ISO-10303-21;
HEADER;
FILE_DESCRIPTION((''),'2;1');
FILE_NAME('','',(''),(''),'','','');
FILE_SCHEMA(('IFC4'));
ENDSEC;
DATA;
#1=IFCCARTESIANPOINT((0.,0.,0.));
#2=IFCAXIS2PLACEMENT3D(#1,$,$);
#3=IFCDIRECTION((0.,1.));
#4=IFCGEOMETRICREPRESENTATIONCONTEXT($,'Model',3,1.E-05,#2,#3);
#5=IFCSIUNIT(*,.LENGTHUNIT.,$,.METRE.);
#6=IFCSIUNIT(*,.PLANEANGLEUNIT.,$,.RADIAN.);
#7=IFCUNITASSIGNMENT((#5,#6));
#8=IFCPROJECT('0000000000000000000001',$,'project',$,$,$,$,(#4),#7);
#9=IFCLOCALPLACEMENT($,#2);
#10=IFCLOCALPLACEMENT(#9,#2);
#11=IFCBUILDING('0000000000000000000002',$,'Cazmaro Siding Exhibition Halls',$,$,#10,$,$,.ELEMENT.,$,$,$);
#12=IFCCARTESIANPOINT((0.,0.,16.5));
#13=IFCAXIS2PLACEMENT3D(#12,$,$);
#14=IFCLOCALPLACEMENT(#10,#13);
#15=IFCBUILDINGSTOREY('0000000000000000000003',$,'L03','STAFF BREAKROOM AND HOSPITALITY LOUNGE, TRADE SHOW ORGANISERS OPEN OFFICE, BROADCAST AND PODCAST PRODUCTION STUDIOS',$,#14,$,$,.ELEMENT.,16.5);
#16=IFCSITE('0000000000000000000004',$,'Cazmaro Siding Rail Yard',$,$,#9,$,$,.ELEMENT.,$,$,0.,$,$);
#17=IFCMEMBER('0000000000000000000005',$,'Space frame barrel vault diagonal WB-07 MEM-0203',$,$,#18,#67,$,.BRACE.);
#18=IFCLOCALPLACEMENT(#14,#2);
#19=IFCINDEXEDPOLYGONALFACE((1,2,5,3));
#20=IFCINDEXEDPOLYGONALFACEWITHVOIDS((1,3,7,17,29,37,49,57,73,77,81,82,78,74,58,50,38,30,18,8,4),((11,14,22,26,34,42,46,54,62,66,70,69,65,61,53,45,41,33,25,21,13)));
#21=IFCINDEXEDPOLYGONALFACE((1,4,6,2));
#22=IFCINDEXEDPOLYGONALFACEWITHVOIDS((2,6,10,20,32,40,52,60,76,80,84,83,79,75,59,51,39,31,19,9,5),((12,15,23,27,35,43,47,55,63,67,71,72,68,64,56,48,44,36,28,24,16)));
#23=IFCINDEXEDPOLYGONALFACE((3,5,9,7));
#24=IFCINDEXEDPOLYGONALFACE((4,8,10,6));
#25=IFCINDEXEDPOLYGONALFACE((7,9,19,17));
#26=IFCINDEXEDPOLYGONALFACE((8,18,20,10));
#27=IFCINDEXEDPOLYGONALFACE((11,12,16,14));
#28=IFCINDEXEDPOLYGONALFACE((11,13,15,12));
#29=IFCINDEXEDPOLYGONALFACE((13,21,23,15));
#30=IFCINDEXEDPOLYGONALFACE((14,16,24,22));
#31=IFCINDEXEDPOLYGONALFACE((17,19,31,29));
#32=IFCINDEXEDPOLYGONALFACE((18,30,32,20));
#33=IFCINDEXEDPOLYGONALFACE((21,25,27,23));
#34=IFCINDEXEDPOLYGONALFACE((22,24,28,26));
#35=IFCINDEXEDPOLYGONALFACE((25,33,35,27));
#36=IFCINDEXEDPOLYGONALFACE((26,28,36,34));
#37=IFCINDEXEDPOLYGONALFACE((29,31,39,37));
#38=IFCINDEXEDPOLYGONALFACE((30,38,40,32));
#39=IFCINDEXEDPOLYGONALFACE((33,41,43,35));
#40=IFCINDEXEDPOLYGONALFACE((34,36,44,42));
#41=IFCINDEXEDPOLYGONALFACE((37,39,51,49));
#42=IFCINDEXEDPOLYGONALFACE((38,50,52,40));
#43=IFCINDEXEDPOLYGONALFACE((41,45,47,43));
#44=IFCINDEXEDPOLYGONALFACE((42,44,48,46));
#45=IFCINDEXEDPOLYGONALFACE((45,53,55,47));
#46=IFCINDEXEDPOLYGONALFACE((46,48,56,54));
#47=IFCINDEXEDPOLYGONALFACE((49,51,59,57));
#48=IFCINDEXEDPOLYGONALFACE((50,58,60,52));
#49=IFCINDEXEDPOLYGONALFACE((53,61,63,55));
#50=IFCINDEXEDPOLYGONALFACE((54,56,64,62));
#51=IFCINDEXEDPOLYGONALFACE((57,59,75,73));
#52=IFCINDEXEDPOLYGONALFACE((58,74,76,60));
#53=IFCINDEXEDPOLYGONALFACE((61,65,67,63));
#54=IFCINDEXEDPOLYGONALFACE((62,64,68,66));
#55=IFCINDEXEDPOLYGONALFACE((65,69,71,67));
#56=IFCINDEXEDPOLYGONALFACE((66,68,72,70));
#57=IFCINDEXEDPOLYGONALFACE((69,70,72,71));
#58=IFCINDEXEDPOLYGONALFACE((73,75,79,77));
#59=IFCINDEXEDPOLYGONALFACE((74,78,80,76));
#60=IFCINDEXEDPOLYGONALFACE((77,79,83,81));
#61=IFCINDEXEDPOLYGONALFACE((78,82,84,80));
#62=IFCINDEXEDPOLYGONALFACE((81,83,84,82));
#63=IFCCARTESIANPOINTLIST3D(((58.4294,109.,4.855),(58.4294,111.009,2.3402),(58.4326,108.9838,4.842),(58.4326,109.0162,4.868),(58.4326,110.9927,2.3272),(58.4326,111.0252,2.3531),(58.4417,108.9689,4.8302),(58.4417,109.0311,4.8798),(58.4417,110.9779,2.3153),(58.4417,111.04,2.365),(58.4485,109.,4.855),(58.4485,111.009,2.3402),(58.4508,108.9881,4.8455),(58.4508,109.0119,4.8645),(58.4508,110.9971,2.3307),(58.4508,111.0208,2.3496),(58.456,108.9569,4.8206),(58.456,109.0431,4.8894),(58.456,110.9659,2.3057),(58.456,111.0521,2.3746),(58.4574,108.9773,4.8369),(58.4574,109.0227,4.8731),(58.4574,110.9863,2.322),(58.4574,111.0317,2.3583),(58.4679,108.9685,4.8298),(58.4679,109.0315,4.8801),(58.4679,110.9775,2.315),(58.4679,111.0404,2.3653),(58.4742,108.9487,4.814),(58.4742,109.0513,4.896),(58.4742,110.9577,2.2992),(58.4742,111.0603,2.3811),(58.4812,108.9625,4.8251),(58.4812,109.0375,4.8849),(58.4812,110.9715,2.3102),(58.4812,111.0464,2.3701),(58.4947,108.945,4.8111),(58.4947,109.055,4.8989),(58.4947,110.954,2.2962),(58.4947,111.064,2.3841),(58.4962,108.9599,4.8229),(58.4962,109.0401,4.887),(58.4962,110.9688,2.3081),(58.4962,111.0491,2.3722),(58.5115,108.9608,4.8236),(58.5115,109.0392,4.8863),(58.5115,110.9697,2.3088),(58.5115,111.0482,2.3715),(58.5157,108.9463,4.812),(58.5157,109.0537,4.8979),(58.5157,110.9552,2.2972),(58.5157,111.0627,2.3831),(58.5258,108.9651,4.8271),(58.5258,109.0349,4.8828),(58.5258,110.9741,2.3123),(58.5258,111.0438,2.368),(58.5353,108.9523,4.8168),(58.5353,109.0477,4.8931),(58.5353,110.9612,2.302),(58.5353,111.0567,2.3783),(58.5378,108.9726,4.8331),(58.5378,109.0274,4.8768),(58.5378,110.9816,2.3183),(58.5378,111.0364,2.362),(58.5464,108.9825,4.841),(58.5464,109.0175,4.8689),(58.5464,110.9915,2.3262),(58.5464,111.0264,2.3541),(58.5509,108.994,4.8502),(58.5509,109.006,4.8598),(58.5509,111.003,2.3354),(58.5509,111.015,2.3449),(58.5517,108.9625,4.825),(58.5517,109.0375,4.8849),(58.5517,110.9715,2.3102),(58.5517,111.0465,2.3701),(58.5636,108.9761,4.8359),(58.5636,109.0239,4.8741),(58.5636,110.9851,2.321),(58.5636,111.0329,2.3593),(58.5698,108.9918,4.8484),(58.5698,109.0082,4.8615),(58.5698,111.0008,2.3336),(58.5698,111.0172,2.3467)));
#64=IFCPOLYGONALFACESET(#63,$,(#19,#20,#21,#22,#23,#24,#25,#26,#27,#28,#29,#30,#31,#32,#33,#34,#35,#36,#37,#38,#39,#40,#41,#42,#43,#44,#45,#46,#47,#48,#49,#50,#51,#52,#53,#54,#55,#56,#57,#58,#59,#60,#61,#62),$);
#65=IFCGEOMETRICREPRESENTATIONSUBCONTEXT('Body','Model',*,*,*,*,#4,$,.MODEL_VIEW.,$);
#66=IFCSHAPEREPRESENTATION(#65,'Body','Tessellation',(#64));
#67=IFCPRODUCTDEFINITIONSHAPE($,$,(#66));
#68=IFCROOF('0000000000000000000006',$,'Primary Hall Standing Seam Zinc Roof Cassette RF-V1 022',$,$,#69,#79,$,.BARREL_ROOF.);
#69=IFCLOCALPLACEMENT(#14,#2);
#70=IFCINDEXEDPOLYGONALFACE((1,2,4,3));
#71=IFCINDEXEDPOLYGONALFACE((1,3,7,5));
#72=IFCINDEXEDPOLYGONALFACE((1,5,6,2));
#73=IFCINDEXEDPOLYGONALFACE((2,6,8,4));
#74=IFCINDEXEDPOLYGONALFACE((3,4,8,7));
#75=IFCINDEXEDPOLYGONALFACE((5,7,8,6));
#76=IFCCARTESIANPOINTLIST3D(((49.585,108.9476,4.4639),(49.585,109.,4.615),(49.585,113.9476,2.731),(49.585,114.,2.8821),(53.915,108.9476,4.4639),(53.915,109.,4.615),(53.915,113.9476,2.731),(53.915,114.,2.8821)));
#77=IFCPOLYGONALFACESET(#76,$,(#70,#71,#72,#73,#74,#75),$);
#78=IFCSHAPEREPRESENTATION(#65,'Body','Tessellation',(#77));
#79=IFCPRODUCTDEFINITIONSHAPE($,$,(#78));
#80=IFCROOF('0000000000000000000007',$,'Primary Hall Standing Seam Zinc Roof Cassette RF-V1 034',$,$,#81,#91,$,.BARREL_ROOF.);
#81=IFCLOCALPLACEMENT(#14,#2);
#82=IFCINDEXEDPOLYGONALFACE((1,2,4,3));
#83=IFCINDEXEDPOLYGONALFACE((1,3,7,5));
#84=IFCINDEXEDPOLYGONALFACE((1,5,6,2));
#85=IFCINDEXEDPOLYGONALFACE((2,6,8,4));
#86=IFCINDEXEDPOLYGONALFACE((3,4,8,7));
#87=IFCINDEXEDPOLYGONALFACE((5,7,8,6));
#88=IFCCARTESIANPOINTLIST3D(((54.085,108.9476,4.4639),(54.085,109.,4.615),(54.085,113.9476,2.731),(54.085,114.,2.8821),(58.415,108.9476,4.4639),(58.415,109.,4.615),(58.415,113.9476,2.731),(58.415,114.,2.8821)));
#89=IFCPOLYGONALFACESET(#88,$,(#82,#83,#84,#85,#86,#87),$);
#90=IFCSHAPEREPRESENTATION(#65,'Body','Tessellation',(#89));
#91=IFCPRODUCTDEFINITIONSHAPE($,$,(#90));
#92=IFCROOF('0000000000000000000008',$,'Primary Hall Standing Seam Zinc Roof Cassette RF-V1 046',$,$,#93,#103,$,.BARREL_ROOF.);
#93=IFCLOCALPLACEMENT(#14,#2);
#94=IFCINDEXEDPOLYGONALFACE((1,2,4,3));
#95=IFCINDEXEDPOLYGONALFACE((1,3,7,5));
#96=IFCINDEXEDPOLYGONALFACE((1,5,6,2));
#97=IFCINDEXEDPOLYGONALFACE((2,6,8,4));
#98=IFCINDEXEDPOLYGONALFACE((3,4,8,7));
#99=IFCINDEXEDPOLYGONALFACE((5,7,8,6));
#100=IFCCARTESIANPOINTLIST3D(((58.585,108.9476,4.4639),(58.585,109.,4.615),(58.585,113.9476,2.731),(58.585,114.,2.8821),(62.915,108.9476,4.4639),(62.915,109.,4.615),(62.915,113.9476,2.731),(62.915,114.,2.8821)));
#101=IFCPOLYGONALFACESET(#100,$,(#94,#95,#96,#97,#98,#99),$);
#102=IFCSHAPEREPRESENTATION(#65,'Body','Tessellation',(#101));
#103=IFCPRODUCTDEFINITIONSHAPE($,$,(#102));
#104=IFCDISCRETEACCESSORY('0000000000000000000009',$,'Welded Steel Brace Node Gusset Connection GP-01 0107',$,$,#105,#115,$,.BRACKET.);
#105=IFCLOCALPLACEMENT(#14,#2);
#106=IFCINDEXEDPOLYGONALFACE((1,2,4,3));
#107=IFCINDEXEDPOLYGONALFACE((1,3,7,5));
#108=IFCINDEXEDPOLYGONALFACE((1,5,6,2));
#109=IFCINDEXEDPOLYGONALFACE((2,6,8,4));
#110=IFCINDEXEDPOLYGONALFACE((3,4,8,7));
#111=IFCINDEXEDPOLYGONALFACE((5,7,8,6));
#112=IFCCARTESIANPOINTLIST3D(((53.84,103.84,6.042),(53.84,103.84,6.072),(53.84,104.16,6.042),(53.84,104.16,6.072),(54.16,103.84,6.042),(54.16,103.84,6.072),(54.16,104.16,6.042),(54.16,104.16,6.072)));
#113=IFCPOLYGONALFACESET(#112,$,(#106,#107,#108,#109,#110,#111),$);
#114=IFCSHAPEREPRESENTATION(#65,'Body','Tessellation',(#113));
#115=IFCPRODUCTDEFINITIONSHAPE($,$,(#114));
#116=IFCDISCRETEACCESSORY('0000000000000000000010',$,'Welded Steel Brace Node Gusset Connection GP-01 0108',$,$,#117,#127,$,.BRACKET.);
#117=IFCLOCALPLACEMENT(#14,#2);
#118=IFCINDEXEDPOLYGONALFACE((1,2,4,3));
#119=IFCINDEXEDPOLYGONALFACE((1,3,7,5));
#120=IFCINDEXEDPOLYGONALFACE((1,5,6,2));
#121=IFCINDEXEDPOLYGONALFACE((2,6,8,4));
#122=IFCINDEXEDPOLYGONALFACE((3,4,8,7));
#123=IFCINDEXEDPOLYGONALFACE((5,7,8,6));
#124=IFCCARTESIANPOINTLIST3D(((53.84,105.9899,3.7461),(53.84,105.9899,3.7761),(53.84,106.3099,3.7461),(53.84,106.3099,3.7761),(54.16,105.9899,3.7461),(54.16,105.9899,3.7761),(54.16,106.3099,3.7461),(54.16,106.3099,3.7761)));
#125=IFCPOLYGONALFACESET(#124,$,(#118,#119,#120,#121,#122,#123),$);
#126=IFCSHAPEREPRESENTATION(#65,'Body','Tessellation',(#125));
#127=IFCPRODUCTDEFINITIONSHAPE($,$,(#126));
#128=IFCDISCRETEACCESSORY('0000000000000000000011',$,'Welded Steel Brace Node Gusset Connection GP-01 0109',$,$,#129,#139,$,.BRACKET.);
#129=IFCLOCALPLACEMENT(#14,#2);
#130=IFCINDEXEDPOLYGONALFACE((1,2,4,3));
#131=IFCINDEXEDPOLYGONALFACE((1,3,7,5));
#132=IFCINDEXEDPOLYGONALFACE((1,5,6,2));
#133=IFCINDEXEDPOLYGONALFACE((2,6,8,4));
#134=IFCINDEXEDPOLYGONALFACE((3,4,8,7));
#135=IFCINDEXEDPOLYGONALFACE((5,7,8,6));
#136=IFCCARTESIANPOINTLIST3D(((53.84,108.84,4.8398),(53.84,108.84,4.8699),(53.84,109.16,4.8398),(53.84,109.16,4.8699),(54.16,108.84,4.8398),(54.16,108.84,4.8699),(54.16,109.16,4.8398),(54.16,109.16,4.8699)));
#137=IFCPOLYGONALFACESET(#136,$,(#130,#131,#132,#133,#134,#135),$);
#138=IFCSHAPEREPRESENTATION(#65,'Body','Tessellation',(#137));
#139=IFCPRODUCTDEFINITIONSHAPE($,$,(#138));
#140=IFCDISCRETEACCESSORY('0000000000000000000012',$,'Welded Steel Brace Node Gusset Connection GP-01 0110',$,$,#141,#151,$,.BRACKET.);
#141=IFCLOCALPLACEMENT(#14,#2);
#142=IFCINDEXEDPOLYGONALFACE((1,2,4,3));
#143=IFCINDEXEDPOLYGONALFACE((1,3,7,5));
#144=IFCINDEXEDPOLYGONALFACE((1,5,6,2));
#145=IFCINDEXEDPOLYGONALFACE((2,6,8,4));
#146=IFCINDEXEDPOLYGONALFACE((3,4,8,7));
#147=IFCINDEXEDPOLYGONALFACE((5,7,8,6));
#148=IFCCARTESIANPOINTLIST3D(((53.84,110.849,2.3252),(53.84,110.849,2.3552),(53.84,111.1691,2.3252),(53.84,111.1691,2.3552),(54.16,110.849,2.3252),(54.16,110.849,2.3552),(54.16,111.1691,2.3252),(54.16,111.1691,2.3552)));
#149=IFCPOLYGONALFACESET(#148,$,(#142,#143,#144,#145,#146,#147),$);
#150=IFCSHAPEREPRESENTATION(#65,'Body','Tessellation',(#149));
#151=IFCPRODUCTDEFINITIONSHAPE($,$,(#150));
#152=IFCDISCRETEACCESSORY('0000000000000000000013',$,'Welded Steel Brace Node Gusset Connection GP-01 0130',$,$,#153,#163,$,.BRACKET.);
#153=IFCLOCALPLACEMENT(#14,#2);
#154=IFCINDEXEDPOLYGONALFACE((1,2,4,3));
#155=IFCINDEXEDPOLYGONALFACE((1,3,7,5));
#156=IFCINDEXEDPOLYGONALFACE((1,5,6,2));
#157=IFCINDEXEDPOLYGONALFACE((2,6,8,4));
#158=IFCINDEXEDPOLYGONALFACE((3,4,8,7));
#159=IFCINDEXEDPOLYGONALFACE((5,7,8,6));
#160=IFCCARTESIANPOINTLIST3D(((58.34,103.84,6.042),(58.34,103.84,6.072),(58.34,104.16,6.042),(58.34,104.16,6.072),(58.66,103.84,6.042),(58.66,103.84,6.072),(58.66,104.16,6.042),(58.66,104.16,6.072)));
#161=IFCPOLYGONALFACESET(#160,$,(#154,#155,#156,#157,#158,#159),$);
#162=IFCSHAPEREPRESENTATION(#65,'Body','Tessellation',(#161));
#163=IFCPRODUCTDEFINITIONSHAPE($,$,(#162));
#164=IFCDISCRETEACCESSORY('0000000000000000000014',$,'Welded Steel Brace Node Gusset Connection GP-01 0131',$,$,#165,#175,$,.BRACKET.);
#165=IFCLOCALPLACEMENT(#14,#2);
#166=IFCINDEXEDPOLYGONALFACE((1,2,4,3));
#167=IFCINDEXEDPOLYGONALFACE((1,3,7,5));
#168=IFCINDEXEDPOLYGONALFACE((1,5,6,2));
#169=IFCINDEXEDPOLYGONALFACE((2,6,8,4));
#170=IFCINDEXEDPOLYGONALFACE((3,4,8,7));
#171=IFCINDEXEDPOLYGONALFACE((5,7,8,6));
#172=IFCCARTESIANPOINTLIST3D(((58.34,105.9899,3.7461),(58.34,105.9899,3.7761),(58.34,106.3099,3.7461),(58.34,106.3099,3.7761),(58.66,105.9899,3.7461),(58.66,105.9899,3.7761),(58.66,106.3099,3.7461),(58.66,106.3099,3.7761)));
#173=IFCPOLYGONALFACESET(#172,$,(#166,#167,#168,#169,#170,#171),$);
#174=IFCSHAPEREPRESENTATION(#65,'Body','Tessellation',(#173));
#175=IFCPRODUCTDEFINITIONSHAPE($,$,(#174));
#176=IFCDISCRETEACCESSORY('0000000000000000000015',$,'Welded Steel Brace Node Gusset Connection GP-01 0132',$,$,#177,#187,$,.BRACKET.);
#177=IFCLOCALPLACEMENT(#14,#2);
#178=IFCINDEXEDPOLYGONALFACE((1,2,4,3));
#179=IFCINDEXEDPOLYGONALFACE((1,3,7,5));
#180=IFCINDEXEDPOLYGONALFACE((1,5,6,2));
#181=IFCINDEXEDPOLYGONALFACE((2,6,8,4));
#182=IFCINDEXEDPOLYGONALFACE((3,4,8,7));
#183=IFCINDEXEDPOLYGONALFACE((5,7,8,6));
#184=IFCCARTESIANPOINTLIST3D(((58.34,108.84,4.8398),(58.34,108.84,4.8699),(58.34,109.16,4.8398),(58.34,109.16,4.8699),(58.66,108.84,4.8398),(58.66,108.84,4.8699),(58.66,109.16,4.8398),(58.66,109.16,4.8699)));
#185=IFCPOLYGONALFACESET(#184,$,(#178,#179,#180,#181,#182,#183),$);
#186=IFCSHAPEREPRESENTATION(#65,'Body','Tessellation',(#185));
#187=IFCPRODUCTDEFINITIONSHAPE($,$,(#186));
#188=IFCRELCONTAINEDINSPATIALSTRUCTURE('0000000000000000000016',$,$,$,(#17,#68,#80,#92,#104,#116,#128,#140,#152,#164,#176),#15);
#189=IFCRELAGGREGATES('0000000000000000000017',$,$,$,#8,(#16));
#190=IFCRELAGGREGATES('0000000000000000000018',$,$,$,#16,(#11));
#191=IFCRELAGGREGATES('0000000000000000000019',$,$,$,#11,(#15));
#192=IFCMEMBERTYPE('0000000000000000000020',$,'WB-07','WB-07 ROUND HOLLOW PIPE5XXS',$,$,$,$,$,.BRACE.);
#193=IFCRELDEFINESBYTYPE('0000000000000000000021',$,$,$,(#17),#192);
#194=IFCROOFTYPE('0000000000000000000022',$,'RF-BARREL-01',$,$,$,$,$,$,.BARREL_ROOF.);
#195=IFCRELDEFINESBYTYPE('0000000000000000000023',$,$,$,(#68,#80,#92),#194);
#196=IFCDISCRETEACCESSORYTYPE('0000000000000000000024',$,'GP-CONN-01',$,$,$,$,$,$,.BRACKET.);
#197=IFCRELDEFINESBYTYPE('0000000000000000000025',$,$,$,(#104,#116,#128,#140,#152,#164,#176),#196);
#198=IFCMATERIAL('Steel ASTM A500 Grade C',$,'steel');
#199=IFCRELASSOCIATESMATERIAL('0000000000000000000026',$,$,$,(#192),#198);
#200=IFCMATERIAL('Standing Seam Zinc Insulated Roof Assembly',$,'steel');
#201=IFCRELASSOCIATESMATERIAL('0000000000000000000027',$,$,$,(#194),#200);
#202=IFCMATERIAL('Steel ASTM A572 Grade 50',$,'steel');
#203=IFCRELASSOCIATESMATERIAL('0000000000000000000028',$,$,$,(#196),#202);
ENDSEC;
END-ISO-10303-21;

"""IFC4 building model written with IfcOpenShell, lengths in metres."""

from ifc_helpers import new_model, si_unit, direction, frame, origin, origin_2d, place, context, subcontext, project, spatial, polyline, rectangle, hollow_circle, outline, extrude, material, material_profile, profile_set, type_object, element, save


model = new_model("IFC4")

# Units and contexts
model_context = context("Model", 3, precision=1e-05, world=origin(), true_north=direction((0.0, 1.0)))
body_context = subcontext(model_context, "Body", "Model", "MODEL_VIEW")
ifc_project = project(units=[si_unit("LENGTHUNIT", "METRE"), si_unit("PLANEANGLEUNIT", "RADIAN")], contexts=[model_context])

# Site, building, storey
site_placement = place(None, origin())
site = spatial("IfcSite", under=ifc_project, at=site_placement, Name="Cazmaro Siding Rail Yard", CompositionType="ELEMENT", RefElevation=0.0)
building_placement = place(site_placement, origin())
building = spatial("IfcBuilding", under=site, at=building_placement, Name="Cazmaro Siding Exhibition Halls", CompositionType="ELEMENT")
storey_placement = place(building_placement, frame((0.0, 0.0, 16.5)))
storey = spatial("IfcBuildingStorey", under=building, at=storey_placement, Name="L03", Description="STAFF BREAKROOM AND HOSPITALITY LOUNGE, TRADE SHOW ORGANISERS OPEN OFFICE, BROADCAST AND PODCAST PRODUCTION STUDIOS", CompositionType="ELEMENT", Elevation=16.5)

# Member
ifc_material_1 = material(Name="Steel ASTM A500 Grade C", Category="steel")
ifc_material_profile_1 = material_profile(ifc_material_1, hollow_circle(Radius=0.0706, WallThickness=0.019, at=origin_2d()), Name="PIPE5XXS")
ifc_profile_set_1 = profile_set([ifc_material_profile_1], Name="Steel ASTM A500 Grade C")
member_type_1 = type_object("IfcMemberType", Name="WB-07", Description="WB-07 ROUND HOLLOW PIPE5XXS", PredefinedType="BRACE", material=ifc_profile_set_1)
member_1_placement = place(storey_placement, frame((58.5, 109.0, 4.855), z_axis=(0.0, 0.624149, -0.781305), x_axis=(-1.0, 0.0, 0.0)))
element("IfcMember", 1, at=member_1_placement, inside=storey, type_object=member_type_1, Name="Space frame barrel vault diagonal WB-07 MEM-0203", PredefinedType="BRACE", context=body_context, shape_type="SweptSolid", body=[
    extrude(hollow_circle(Radius=0.0706, WallThickness=0.019, at=origin_2d()), origin(), (0.0, 0.0, 1.0), 3.2188),
])

# Roofs
ifc_material_2 = material(Name="Standing Seam Zinc Insulated Roof Assembly", Category="steel")
roof_type = type_object("IfcRoofType", Name="RF-BARREL-01", PredefinedType="BARREL_ROOF", material=ifc_material_2)
for number, where, z_axis, x_axis, name in (
    (2, (49.585, 109.0, 4.615), (0.0, 0.327472, 0.944861), (1.0, 0.0, 0.0), "Primary Hall Standing Seam Zinc Roof Cassette RF-V1 022"),
    (3, (54.085, 109.0, 4.615), (0.0, 0.327472, 0.944861), (1.0, 0.0, 0.0), "Primary Hall Standing Seam Zinc Roof Cassette RF-V1 034"),
    (4, (58.585, 109.0, 4.615), (0.0, 0.327472, 0.944861), (1.0, 0.0, 0.0), "Primary Hall Standing Seam Zinc Roof Cassette RF-V1 046"),
):
    element("IfcRoof", number, at=place(storey_placement, frame(where, z_axis=z_axis, x_axis=x_axis)), inside=storey, type_object=roof_type, Name=name, PredefinedType="BARREL_ROOF", context=body_context, shape_type="SweptSolid", body=[
        extrude(outline(polyline([(0.0, 0.0), (4.3301, 0.0), (4.3301, 5.2918), (0.0, 5.2918), (0.0, 0.0)])), origin(), (0.0, 0.0, -1.0), 0.1599),
    ])

# Discrete accessories
ifc_material_3 = material(Name="Steel ASTM A572 Grade 50", Category="steel")
discrete_accessory_type = type_object("IfcDiscreteAccessoryType", Name="GP-CONN-01", PredefinedType="BRACKET", material=ifc_material_3)
for number, where, z_axis, x_axis, name in (
    (5, (54.0, 104.0, 6.042), (0.0, 0.0, 1.0), (1.0, 0.0, 0.0), "Welded Steel Brace Node Gusset Connection GP-01 0107"),
    (6, (54.0, 106.1499, 3.7461), (0.0, 0.0, 1.0), (1.0, 0.0, 0.0), "Welded Steel Brace Node Gusset Connection GP-01 0108"),
    (7, (54.0, 109.0, 4.8398), (0.0, 0.0, 1.0), (1.0, 0.0, 0.0), "Welded Steel Brace Node Gusset Connection GP-01 0109"),
    (8, (54.0, 111.009, 2.3252), (0.0, 0.0, 1.0), (1.0, 0.0, 0.0), "Welded Steel Brace Node Gusset Connection GP-01 0110"),
    (9, (58.5, 104.0, 6.042), (0.0, 0.0, 1.0), (1.0, 0.0, 0.0), "Welded Steel Brace Node Gusset Connection GP-01 0130"),
    (10, (58.5, 106.1499, 3.7461), (0.0, 0.0, 1.0), (1.0, 0.0, 0.0), "Welded Steel Brace Node Gusset Connection GP-01 0131"),
    (11, (58.5, 109.0, 4.8398), (0.0, 0.0, 1.0), (1.0, 0.0, 0.0), "Welded Steel Brace Node Gusset Connection GP-01 0132"),
):
    element("IfcDiscreteAccessory", number, at=place(storey_placement, frame(where, z_axis=z_axis, x_axis=x_axis)), inside=storey, type_object=discrete_accessory_type, Name=name, PredefinedType="BRACKET", context=body_context, shape_type="SweptSolid", body=[
        extrude(rectangle(XDim=0.3201, YDim=0.3201, at=origin_2d()), origin(), (0.0, 0.0, 1.0), 0.03),
    ])

save(model, "model.ifc")
